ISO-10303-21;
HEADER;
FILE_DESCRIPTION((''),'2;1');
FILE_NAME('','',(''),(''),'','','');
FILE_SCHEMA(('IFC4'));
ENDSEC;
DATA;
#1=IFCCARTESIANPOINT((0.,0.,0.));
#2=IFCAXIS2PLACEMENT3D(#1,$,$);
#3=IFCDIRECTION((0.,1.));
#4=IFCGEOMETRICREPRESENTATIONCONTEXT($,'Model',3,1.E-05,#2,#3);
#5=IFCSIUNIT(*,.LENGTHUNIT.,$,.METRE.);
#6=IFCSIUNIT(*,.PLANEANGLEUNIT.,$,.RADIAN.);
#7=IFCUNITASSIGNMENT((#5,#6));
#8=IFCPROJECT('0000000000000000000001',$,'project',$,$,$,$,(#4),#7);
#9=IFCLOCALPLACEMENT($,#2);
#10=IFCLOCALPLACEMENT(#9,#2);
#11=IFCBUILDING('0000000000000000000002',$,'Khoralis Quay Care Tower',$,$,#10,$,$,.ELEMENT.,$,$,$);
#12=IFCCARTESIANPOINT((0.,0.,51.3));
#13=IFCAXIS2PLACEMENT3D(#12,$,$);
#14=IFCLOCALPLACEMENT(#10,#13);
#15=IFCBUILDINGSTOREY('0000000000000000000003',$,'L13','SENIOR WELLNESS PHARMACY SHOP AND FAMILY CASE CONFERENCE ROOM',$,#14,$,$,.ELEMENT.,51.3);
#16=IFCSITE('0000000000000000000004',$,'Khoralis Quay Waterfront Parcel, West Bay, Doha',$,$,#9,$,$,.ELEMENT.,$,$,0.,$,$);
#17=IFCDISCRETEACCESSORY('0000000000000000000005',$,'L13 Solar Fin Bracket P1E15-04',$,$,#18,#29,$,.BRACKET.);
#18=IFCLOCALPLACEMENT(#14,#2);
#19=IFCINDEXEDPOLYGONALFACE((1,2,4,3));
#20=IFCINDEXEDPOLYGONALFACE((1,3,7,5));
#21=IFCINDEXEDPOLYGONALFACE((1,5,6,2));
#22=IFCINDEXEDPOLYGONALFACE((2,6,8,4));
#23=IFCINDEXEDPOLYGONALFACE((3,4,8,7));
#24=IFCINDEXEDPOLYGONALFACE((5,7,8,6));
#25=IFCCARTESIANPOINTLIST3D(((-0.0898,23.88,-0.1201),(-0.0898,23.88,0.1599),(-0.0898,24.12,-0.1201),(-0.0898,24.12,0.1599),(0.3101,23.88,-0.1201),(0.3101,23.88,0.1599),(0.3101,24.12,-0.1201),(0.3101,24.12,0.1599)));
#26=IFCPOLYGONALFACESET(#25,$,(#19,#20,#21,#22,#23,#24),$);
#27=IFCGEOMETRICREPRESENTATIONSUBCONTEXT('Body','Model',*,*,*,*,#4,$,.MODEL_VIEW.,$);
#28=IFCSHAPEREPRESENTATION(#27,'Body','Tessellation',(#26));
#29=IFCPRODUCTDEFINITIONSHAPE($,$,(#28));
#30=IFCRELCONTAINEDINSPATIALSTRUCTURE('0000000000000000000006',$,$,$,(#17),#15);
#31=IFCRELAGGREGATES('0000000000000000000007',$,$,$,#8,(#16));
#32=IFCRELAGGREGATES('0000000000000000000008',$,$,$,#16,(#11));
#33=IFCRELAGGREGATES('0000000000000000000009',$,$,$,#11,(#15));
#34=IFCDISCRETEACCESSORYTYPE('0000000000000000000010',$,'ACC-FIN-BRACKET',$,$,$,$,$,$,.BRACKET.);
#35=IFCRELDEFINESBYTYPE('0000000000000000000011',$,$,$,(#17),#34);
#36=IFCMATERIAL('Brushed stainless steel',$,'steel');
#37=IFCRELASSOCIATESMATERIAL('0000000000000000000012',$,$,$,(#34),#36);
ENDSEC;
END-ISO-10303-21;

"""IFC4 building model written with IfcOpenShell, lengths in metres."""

from ifc_helpers import new_model, si_unit, direction, frame, origin, origin_2d, place, context, subcontext, project, spatial, rectangle, extrude, source, transform, mapped, material, type_object, element, save


model = new_model("IFC4")

# Units and contexts
model_context = context("Model", 3, precision=1e-05, world=origin(), true_north=direction((0.0, 1.0)))
body_context = subcontext(model_context, "Body", "Model", "MODEL_VIEW")
ifc_project = project(units=[si_unit("LENGTHUNIT", "METRE"), si_unit("PLANEANGLEUNIT", "RADIAN")], contexts=[model_context])

# Site, building, storey
site_placement = place(None, origin())
site = spatial("IfcSite", under=ifc_project, at=site_placement, Name="Khoralis Quay Waterfront Parcel, West Bay, Doha", CompositionType="ELEMENT", RefElevation=0.0)
building_placement = place(site_placement, origin())
building = spatial("IfcBuilding", under=site, at=building_placement, Name="Khoralis Quay Care Tower", CompositionType="ELEMENT")
storey_placement = place(building_placement, frame((0.0, 0.0, 51.3)))
storey = spatial("IfcBuildingStorey", under=building, at=storey_placement, Name="L13", Description="SENIOR WELLNESS PHARMACY SHOP AND FAMILY CASE CONFERENCE ROOM", CompositionType="ELEMENT", Elevation=51.3)

# Discrete accessory
ifc_material_1 = material(Name="Brushed stainless steel", Category="steel")
discrete_accessory_type = type_object("IfcDiscreteAccessoryType", Name="ACC-FIN-BRACKET", PredefinedType="BRACKET", material=ifc_material_1)
shared_shape_1 = source(origin(), body_context, "Body", "SweptSolid", [
    extrude(rectangle(XDim=0.3999, YDim=0.24, at=origin_2d()), origin(), (0.0, 0.0, 1.0), 0.28),
])
for number, where, z_axis, x_axis, name in (
    (1, (0.1101, 24.0, -0.1201), (0.0, 0.0, 1.0), (-1.0, 0.0, 0.0), "L13 Solar Fin Bracket P1E15-04"),
):
    element("IfcDiscreteAccessory", number, at=place(storey_placement, frame(where, z_axis=z_axis, x_axis=x_axis)), inside=storey, type_object=discrete_accessory_type, Name=name, PredefinedType="BRACKET", context=body_context, shape_type="MappedRepresentation", body=[
        mapped(shared_shape_1, transform((0.0, 0.0, 0.0), scale=1.0)),
    ])

save(model, "model.ifc")
